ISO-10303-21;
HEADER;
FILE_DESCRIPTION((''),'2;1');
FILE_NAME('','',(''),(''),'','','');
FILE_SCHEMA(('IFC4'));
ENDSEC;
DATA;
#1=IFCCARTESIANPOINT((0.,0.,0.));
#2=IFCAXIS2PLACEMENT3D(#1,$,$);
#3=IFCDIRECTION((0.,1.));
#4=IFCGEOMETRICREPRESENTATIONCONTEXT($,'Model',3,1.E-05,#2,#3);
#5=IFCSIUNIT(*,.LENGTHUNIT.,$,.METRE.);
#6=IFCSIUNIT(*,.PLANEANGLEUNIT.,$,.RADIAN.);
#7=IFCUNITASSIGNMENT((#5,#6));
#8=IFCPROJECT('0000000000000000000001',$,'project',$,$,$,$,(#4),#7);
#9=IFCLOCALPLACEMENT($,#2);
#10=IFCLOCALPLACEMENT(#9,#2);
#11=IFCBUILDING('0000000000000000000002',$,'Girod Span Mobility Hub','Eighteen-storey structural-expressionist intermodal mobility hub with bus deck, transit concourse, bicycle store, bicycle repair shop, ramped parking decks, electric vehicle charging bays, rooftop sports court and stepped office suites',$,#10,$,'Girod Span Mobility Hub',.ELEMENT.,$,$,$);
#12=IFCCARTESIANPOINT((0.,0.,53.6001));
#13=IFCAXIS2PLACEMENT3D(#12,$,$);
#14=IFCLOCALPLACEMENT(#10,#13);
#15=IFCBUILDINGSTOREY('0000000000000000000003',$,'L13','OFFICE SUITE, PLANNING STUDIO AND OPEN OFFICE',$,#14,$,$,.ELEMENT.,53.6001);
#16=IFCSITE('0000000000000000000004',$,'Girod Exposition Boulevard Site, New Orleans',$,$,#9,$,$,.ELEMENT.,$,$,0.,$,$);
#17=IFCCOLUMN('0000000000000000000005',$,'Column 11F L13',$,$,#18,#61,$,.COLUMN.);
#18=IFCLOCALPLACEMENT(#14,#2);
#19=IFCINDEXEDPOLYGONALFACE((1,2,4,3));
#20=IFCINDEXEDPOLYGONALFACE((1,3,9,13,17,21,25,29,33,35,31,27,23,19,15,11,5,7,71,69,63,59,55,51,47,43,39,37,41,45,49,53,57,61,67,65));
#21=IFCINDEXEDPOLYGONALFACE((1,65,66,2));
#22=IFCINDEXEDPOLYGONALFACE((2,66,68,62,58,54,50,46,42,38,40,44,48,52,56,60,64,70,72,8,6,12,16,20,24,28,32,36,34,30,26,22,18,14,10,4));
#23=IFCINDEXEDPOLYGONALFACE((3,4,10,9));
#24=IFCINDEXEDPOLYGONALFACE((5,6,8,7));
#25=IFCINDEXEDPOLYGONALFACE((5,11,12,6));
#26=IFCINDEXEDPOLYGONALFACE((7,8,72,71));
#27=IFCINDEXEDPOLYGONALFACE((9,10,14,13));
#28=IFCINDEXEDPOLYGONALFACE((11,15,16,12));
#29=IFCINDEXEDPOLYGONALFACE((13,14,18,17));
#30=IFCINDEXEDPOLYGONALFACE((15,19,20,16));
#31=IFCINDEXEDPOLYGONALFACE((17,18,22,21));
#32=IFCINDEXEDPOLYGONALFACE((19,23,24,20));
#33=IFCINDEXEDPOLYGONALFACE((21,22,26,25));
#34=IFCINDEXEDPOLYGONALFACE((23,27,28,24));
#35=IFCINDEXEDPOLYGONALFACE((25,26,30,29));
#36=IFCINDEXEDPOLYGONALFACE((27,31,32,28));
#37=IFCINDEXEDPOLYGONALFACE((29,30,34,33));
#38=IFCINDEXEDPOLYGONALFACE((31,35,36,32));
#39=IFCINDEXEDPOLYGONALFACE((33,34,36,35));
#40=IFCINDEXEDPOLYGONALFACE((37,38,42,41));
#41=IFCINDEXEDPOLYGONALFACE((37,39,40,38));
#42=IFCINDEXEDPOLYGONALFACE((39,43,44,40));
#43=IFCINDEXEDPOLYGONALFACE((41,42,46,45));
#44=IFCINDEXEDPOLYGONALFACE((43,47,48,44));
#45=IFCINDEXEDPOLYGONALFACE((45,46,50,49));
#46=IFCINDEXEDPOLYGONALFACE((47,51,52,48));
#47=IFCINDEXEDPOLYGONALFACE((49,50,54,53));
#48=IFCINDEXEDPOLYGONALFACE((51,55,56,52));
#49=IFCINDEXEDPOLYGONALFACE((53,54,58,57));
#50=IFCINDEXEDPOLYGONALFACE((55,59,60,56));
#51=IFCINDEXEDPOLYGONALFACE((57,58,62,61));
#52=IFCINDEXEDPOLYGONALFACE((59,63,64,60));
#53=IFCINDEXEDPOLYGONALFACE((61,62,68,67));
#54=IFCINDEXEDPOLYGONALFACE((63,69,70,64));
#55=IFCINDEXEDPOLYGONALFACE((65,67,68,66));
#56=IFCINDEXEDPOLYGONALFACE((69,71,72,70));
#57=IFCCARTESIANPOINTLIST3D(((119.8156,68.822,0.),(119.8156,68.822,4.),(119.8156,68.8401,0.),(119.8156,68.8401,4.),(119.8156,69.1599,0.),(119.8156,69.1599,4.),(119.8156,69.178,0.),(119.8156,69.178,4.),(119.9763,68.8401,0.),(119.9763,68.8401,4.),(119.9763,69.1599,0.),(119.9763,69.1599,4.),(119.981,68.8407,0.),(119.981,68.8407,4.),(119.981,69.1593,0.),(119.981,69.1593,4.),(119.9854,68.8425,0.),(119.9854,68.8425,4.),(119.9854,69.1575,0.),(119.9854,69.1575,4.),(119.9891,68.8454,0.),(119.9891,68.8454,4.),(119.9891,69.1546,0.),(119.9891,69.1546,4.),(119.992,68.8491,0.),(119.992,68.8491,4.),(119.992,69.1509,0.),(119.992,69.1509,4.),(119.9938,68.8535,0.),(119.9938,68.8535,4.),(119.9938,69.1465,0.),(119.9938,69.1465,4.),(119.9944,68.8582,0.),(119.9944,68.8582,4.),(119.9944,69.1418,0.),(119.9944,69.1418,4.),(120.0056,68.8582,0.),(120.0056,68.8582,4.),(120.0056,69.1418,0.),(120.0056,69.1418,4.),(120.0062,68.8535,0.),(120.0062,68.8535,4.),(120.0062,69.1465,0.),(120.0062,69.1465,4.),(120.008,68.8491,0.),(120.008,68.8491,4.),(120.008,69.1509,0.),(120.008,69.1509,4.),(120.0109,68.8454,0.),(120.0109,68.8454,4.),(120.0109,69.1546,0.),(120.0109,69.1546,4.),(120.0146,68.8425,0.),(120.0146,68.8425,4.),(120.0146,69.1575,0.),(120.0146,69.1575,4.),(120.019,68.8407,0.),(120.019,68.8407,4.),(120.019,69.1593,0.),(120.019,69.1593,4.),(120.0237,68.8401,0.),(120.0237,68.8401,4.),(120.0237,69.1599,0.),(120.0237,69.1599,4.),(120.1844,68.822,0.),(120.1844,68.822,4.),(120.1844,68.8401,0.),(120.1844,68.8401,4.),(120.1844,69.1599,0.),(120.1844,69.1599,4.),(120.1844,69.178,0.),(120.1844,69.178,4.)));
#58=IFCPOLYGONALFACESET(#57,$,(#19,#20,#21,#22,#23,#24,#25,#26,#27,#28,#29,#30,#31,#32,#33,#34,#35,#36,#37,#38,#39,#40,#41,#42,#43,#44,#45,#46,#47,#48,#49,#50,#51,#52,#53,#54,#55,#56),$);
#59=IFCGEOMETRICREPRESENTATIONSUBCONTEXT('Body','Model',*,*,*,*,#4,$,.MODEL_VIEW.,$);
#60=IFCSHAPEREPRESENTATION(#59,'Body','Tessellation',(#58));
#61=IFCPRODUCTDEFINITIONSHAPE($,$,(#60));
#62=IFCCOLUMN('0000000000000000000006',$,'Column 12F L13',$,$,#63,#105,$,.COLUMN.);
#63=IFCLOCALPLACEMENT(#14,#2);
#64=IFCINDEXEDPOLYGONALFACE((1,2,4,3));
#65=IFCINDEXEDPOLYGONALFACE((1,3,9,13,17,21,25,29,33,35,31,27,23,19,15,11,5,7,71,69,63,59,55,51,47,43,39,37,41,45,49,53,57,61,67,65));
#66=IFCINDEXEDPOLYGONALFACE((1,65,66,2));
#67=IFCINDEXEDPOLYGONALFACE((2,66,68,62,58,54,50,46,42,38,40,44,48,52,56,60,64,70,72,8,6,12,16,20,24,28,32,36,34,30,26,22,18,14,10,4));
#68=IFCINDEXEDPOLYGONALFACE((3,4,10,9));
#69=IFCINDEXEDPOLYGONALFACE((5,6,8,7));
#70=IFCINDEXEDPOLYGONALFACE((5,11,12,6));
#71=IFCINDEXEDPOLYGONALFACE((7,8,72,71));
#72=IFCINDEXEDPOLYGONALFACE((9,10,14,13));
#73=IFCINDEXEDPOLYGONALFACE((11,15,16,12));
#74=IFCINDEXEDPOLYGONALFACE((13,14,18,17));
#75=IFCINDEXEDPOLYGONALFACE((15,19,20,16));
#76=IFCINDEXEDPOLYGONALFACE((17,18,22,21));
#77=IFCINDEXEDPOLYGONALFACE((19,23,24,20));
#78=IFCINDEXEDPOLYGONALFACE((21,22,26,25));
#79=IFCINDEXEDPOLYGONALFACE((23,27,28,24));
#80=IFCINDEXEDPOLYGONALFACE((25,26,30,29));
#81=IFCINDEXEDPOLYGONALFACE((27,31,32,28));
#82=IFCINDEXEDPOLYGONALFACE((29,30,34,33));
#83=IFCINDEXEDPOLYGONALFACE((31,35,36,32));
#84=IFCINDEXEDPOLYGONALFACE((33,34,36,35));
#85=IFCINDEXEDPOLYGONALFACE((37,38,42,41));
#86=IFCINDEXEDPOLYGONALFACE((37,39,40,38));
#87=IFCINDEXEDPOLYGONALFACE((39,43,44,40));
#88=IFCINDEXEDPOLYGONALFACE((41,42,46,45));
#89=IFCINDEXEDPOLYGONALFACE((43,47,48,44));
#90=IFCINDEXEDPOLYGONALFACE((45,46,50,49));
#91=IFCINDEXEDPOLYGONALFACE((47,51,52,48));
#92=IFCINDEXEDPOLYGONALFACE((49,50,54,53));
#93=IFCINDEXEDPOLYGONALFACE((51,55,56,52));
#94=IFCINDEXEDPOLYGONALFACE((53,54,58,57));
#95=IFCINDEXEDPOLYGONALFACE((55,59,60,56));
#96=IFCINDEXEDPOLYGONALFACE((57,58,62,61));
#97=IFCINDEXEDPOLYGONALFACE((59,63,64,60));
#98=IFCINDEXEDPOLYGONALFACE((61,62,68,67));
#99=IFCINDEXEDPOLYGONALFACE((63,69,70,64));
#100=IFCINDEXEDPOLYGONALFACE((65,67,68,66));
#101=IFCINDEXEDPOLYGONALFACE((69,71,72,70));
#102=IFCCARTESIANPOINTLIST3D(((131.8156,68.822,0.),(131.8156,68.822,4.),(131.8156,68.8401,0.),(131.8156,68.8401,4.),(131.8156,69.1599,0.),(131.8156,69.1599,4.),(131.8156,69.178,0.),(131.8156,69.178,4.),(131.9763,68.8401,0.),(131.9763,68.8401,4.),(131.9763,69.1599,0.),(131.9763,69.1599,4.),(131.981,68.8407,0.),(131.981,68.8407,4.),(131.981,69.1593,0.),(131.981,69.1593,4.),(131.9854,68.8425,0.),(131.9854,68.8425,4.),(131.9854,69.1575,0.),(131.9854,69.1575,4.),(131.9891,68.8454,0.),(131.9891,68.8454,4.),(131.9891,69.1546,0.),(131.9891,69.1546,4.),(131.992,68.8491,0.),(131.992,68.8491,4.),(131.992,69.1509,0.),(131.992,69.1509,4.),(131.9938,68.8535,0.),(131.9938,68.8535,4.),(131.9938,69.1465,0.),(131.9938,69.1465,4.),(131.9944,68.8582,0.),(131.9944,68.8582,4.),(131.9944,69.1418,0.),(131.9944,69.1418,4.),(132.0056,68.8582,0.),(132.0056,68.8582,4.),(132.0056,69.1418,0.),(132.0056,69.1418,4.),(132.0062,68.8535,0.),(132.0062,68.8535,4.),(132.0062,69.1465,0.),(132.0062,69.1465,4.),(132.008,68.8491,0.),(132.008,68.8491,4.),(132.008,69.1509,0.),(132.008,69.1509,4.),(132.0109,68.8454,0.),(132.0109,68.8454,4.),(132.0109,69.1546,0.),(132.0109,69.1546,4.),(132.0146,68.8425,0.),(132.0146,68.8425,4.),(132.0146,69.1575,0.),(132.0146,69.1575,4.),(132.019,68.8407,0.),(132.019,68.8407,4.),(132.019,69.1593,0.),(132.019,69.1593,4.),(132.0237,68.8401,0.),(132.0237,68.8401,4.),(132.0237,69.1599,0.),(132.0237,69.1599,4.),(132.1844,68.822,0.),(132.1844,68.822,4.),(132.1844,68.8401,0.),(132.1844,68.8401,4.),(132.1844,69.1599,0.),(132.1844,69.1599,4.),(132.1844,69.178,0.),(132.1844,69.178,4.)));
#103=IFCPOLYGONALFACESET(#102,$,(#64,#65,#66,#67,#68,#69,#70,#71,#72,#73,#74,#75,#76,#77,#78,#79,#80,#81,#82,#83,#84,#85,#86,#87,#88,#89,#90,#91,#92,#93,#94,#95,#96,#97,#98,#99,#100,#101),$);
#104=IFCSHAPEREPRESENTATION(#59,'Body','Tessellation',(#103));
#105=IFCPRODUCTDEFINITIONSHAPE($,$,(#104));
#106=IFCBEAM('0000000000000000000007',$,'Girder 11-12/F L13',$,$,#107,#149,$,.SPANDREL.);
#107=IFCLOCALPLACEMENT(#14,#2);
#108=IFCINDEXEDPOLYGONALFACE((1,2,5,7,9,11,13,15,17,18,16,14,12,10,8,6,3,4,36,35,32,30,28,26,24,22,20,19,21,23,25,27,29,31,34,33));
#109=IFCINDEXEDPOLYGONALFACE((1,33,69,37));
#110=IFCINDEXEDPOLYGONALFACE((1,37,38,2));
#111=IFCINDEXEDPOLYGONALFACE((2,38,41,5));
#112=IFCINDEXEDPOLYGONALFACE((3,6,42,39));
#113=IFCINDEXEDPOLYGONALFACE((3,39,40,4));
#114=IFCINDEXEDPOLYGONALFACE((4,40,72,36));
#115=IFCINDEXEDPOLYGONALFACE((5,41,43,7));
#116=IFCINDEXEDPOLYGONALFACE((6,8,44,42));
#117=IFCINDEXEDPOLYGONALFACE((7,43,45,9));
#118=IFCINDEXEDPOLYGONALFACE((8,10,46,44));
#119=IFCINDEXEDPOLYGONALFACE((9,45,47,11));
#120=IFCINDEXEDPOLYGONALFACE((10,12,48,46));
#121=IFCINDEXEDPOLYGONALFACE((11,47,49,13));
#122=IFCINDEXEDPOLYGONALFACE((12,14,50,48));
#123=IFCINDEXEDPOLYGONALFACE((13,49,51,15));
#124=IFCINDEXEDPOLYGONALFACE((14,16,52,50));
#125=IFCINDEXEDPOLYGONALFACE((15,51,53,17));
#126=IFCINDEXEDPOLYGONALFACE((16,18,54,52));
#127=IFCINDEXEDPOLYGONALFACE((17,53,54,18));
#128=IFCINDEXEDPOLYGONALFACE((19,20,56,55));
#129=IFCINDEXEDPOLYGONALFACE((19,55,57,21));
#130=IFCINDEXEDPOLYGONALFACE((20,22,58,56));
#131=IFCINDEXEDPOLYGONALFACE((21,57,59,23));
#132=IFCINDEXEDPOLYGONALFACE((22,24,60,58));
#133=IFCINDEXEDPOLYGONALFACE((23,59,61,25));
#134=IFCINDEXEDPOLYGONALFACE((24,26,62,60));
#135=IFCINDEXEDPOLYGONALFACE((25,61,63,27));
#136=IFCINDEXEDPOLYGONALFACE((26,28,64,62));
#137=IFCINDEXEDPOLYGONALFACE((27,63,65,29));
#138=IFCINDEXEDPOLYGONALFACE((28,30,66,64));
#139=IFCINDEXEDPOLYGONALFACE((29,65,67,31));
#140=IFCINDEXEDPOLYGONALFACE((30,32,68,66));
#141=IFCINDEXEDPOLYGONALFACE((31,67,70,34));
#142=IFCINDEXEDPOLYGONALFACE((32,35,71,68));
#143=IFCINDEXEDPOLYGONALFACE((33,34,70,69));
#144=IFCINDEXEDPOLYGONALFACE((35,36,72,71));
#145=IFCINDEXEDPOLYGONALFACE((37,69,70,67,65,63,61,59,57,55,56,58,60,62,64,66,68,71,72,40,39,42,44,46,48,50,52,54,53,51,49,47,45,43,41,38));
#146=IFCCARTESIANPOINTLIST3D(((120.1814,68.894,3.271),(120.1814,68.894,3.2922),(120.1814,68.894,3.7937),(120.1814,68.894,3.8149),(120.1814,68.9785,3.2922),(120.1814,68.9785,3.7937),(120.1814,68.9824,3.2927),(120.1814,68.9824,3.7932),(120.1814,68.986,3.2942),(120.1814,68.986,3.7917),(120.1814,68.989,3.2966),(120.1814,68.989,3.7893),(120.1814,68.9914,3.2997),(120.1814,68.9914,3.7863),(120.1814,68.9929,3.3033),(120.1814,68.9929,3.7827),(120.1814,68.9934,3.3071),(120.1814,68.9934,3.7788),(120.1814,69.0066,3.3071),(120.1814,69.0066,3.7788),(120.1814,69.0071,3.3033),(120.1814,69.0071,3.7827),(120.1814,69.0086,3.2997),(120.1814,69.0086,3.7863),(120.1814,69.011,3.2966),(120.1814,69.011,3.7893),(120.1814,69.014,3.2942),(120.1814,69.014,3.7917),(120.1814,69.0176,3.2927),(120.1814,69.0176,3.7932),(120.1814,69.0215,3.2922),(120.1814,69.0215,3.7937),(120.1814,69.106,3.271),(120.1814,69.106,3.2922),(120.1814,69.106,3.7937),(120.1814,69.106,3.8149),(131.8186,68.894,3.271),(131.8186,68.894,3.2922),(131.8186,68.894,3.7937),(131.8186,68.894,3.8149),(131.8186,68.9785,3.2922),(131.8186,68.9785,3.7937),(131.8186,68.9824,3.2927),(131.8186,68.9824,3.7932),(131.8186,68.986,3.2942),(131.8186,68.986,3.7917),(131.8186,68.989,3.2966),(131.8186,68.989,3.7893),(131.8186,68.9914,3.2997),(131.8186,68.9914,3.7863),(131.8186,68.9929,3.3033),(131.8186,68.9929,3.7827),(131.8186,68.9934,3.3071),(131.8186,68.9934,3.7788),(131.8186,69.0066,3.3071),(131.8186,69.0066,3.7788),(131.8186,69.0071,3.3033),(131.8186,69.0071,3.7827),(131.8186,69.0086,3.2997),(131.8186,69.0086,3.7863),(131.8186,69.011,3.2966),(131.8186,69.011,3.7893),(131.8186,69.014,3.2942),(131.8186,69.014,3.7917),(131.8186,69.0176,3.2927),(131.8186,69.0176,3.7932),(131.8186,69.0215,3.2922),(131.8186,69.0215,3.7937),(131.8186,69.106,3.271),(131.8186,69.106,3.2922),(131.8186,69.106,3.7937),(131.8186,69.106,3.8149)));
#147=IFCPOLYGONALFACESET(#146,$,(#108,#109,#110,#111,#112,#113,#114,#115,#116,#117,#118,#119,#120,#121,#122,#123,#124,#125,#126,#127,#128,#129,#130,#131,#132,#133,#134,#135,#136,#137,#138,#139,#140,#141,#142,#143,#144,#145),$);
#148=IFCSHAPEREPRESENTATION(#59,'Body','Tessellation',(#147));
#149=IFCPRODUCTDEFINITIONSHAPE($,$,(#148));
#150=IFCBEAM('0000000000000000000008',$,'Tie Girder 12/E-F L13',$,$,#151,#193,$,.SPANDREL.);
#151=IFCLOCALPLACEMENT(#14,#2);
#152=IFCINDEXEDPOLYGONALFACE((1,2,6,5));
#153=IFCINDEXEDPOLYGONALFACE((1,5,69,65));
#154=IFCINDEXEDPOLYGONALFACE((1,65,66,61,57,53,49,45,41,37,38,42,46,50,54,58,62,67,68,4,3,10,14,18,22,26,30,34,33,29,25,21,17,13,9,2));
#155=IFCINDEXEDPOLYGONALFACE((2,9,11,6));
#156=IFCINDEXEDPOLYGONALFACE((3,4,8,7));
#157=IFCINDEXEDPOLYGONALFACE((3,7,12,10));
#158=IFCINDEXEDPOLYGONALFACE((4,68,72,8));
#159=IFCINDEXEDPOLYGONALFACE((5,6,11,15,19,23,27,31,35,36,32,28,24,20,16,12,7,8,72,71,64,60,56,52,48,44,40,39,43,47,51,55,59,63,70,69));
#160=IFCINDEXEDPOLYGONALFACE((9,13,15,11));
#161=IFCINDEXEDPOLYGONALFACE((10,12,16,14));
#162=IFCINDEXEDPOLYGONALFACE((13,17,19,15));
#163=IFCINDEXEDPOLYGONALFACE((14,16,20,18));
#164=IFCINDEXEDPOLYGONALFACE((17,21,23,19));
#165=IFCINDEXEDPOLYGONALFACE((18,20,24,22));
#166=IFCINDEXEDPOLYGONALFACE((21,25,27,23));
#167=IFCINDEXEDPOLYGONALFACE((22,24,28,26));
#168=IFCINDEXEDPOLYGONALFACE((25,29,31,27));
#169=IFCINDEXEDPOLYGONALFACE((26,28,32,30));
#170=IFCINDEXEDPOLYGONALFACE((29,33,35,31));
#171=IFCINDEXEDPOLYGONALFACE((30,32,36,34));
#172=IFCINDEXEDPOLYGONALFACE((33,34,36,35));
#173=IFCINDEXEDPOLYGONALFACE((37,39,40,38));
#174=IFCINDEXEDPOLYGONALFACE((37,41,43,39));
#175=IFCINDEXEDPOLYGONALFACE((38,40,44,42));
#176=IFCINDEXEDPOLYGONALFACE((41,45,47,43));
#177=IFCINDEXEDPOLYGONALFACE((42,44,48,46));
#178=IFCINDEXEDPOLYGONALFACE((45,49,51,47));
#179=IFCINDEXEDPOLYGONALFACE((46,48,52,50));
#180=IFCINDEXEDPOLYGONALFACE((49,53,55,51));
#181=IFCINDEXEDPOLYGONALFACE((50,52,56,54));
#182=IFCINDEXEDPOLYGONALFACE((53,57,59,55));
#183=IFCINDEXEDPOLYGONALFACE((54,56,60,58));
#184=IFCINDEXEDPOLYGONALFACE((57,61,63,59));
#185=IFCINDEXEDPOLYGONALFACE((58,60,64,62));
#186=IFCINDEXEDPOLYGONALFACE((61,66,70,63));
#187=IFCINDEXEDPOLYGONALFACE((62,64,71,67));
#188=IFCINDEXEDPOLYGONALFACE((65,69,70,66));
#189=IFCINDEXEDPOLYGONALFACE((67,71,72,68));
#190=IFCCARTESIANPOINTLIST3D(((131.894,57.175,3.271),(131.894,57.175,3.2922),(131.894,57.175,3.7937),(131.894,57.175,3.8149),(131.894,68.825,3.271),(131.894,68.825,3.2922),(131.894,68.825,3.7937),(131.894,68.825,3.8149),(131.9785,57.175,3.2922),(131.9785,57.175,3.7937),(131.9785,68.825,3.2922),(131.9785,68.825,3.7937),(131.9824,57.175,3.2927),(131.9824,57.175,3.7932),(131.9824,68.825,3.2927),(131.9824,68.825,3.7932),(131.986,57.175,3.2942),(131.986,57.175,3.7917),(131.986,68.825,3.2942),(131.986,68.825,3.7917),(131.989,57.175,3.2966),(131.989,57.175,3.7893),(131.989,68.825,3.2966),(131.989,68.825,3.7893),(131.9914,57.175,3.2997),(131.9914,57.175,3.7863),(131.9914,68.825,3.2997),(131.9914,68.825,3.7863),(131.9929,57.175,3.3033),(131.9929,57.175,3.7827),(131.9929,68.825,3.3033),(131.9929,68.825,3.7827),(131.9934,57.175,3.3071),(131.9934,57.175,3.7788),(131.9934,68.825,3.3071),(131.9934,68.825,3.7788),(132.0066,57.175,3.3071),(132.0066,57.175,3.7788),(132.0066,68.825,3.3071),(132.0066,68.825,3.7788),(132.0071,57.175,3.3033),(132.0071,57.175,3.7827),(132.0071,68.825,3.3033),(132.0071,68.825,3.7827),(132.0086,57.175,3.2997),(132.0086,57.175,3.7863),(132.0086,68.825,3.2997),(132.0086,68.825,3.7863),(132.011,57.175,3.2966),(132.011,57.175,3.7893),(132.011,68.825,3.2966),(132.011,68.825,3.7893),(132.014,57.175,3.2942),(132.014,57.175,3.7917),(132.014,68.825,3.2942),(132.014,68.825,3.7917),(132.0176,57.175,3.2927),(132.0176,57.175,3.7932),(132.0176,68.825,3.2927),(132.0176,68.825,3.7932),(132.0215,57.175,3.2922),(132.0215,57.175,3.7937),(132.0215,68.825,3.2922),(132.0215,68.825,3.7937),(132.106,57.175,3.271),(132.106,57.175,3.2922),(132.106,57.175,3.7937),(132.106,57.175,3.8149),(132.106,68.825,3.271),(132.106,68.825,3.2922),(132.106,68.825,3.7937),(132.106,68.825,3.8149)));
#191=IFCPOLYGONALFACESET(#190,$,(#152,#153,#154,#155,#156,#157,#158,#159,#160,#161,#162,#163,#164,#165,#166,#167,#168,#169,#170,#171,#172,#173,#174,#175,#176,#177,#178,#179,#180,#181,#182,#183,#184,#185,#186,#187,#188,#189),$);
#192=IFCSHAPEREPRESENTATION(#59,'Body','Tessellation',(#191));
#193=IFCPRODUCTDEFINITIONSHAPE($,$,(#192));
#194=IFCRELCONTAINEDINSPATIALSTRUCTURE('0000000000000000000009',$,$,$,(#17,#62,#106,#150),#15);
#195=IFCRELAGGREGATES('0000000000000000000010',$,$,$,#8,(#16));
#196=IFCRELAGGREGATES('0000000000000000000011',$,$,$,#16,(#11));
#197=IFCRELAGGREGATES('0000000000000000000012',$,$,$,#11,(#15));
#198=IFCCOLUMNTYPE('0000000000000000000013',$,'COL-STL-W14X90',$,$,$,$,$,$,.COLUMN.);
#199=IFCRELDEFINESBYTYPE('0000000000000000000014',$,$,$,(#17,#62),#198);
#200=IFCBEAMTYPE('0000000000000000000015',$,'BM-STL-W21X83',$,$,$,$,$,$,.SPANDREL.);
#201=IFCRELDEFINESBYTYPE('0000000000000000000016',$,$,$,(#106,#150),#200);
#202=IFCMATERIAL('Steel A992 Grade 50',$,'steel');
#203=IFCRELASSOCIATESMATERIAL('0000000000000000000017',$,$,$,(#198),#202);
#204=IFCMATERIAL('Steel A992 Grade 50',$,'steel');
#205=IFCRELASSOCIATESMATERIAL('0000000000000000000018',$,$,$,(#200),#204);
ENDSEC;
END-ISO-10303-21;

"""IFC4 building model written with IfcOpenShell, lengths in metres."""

from ifc_helpers import new_model, si_unit, direction, frame, origin, origin_2d, place, context, subcontext, project, spatial, i_section, extrude, material, material_profile, profile_set, type_object, element, save


model = new_model("IFC4")

# Units and contexts
model_context = context("Model", 3, precision=1e-05, world=origin(), true_north=direction((0.0, 1.0)))
body_context = subcontext(model_context, "Body", "Model", "MODEL_VIEW")
ifc_project = project(units=[si_unit("LENGTHUNIT", "METRE"), si_unit("PLANEANGLEUNIT", "RADIAN")], contexts=[model_context])

# Site, building, storey
site_placement = place(None, origin())
site = spatial("IfcSite", under=ifc_project, at=site_placement, Name="Girod Exposition Boulevard Site, New Orleans", CompositionType="ELEMENT", RefElevation=0.0)
building_placement = place(site_placement, origin())
building = spatial("IfcBuilding", under=site, at=building_placement, Name="Girod Span Mobility Hub", Description="Eighteen-storey structural-expressionist intermodal mobility hub with bus deck, transit concourse, bicycle store, bicycle repair shop, ramped parking decks, electric vehicle charging bays, rooftop sports court and stepped office suites", LongName="Girod Span Mobility Hub", CompositionType="ELEMENT")
storey_placement = place(building_placement, frame((0.0, 0.0, 53.6001)))
storey = spatial("IfcBuildingStorey", under=building, at=storey_placement, Name="L13", Description="OFFICE SUITE, PLANNING STUDIO AND OPEN OFFICE", CompositionType="ELEMENT", Elevation=53.6001)

# Columns
ifc_material_1 = material(Name="Steel A992 Grade 50", Category="steel")
ifc_material_profile_1 = material_profile(ifc_material_1, i_section(OverallWidth=0.3689, OverallDepth=0.356, WebThickness=0.0112, FlangeThickness=0.0181, FilletRadius=0.0181, at=origin_2d()), Name="W14X90")
ifc_profile_set_1 = profile_set([ifc_material_profile_1], Name="Steel A992 Grade 50")
column_type = type_object("IfcColumnType", Name="COL-STL-W14X90", PredefinedType="COLUMN", material=ifc_profile_set_1)
for number, where, z_axis, x_axis, name in (
    (1, (120.0, 69.0, 0.0), (0.0, 0.0, 1.0), (1.0, 0.0, 0.0), "Column 11F L13"),
    (2, (132.0, 69.0, 0.0), (0.0, 0.0, 1.0), (1.0, 0.0, 0.0), "Column 12F L13"),
):
    element("IfcColumn", number, at=place(storey_placement, frame(where, z_axis=z_axis, x_axis=x_axis)), inside=storey, type_object=column_type, Name=name, PredefinedType="COLUMN", context=body_context, shape_type="SweptSolid", body=[
        extrude(i_section(OverallWidth=0.3689, OverallDepth=0.356, WebThickness=0.0112, FlangeThickness=0.0181, FilletRadius=0.0181, at=origin_2d()), origin(), (0.0, 0.0, 1.0), 4.0),
    ])

# Beams
ifc_material_2 = material(Name="Steel A992 Grade 50", Category="steel")
ifc_material_profile_2 = material_profile(ifc_material_2, i_section(OverallWidth=0.2119, OverallDepth=0.5439, WebThickness=0.0132, FlangeThickness=0.0212, FilletRadius=0.0149, at=origin_2d()), Name="W21X83")
ifc_profile_set_2 = profile_set([ifc_material_profile_2], Name="Steel A992 Grade 50")
beam_type = type_object("IfcBeamType", Name="BM-STL-W21X83", PredefinedType="SPANDREL", material=ifc_profile_set_2)
beam_1_placement = place(storey_placement, frame((120.1814, 69.0, 3.543), z_axis=(1.0, 0.0, 0.0), x_axis=(0.0, 1.0, 0.0)))
element("IfcBeam", 3, at=beam_1_placement, inside=storey, type_object=beam_type, Name="Girder 11-12/F L13", PredefinedType="SPANDREL", context=body_context, shape_type="SweptSolid", body=[
    extrude(i_section(OverallWidth=0.2119, OverallDepth=0.5439, WebThickness=0.0132, FlangeThickness=0.0212, FilletRadius=0.0149, at=origin_2d()), origin(), (0.0, 0.0, 1.0), 11.6372),
])
beam_2_placement = place(storey_placement, frame((132.0, 57.175, 3.543), z_axis=(0.0, 1.0, 0.0), x_axis=(-1.0, 0.0, 0.0)))
element("IfcBeam", 4, at=beam_2_placement, inside=storey, type_object=beam_type, Name="Tie Girder 12/E-F L13", PredefinedType="SPANDREL", context=body_context, shape_type="SweptSolid", body=[
    extrude(i_section(OverallWidth=0.2119, OverallDepth=0.5439, WebThickness=0.0132, FlangeThickness=0.0212, FilletRadius=0.0149, at=origin_2d()), origin(), (0.0, 0.0, 1.0), 11.6499),
])

save(model, "model.ifc")
